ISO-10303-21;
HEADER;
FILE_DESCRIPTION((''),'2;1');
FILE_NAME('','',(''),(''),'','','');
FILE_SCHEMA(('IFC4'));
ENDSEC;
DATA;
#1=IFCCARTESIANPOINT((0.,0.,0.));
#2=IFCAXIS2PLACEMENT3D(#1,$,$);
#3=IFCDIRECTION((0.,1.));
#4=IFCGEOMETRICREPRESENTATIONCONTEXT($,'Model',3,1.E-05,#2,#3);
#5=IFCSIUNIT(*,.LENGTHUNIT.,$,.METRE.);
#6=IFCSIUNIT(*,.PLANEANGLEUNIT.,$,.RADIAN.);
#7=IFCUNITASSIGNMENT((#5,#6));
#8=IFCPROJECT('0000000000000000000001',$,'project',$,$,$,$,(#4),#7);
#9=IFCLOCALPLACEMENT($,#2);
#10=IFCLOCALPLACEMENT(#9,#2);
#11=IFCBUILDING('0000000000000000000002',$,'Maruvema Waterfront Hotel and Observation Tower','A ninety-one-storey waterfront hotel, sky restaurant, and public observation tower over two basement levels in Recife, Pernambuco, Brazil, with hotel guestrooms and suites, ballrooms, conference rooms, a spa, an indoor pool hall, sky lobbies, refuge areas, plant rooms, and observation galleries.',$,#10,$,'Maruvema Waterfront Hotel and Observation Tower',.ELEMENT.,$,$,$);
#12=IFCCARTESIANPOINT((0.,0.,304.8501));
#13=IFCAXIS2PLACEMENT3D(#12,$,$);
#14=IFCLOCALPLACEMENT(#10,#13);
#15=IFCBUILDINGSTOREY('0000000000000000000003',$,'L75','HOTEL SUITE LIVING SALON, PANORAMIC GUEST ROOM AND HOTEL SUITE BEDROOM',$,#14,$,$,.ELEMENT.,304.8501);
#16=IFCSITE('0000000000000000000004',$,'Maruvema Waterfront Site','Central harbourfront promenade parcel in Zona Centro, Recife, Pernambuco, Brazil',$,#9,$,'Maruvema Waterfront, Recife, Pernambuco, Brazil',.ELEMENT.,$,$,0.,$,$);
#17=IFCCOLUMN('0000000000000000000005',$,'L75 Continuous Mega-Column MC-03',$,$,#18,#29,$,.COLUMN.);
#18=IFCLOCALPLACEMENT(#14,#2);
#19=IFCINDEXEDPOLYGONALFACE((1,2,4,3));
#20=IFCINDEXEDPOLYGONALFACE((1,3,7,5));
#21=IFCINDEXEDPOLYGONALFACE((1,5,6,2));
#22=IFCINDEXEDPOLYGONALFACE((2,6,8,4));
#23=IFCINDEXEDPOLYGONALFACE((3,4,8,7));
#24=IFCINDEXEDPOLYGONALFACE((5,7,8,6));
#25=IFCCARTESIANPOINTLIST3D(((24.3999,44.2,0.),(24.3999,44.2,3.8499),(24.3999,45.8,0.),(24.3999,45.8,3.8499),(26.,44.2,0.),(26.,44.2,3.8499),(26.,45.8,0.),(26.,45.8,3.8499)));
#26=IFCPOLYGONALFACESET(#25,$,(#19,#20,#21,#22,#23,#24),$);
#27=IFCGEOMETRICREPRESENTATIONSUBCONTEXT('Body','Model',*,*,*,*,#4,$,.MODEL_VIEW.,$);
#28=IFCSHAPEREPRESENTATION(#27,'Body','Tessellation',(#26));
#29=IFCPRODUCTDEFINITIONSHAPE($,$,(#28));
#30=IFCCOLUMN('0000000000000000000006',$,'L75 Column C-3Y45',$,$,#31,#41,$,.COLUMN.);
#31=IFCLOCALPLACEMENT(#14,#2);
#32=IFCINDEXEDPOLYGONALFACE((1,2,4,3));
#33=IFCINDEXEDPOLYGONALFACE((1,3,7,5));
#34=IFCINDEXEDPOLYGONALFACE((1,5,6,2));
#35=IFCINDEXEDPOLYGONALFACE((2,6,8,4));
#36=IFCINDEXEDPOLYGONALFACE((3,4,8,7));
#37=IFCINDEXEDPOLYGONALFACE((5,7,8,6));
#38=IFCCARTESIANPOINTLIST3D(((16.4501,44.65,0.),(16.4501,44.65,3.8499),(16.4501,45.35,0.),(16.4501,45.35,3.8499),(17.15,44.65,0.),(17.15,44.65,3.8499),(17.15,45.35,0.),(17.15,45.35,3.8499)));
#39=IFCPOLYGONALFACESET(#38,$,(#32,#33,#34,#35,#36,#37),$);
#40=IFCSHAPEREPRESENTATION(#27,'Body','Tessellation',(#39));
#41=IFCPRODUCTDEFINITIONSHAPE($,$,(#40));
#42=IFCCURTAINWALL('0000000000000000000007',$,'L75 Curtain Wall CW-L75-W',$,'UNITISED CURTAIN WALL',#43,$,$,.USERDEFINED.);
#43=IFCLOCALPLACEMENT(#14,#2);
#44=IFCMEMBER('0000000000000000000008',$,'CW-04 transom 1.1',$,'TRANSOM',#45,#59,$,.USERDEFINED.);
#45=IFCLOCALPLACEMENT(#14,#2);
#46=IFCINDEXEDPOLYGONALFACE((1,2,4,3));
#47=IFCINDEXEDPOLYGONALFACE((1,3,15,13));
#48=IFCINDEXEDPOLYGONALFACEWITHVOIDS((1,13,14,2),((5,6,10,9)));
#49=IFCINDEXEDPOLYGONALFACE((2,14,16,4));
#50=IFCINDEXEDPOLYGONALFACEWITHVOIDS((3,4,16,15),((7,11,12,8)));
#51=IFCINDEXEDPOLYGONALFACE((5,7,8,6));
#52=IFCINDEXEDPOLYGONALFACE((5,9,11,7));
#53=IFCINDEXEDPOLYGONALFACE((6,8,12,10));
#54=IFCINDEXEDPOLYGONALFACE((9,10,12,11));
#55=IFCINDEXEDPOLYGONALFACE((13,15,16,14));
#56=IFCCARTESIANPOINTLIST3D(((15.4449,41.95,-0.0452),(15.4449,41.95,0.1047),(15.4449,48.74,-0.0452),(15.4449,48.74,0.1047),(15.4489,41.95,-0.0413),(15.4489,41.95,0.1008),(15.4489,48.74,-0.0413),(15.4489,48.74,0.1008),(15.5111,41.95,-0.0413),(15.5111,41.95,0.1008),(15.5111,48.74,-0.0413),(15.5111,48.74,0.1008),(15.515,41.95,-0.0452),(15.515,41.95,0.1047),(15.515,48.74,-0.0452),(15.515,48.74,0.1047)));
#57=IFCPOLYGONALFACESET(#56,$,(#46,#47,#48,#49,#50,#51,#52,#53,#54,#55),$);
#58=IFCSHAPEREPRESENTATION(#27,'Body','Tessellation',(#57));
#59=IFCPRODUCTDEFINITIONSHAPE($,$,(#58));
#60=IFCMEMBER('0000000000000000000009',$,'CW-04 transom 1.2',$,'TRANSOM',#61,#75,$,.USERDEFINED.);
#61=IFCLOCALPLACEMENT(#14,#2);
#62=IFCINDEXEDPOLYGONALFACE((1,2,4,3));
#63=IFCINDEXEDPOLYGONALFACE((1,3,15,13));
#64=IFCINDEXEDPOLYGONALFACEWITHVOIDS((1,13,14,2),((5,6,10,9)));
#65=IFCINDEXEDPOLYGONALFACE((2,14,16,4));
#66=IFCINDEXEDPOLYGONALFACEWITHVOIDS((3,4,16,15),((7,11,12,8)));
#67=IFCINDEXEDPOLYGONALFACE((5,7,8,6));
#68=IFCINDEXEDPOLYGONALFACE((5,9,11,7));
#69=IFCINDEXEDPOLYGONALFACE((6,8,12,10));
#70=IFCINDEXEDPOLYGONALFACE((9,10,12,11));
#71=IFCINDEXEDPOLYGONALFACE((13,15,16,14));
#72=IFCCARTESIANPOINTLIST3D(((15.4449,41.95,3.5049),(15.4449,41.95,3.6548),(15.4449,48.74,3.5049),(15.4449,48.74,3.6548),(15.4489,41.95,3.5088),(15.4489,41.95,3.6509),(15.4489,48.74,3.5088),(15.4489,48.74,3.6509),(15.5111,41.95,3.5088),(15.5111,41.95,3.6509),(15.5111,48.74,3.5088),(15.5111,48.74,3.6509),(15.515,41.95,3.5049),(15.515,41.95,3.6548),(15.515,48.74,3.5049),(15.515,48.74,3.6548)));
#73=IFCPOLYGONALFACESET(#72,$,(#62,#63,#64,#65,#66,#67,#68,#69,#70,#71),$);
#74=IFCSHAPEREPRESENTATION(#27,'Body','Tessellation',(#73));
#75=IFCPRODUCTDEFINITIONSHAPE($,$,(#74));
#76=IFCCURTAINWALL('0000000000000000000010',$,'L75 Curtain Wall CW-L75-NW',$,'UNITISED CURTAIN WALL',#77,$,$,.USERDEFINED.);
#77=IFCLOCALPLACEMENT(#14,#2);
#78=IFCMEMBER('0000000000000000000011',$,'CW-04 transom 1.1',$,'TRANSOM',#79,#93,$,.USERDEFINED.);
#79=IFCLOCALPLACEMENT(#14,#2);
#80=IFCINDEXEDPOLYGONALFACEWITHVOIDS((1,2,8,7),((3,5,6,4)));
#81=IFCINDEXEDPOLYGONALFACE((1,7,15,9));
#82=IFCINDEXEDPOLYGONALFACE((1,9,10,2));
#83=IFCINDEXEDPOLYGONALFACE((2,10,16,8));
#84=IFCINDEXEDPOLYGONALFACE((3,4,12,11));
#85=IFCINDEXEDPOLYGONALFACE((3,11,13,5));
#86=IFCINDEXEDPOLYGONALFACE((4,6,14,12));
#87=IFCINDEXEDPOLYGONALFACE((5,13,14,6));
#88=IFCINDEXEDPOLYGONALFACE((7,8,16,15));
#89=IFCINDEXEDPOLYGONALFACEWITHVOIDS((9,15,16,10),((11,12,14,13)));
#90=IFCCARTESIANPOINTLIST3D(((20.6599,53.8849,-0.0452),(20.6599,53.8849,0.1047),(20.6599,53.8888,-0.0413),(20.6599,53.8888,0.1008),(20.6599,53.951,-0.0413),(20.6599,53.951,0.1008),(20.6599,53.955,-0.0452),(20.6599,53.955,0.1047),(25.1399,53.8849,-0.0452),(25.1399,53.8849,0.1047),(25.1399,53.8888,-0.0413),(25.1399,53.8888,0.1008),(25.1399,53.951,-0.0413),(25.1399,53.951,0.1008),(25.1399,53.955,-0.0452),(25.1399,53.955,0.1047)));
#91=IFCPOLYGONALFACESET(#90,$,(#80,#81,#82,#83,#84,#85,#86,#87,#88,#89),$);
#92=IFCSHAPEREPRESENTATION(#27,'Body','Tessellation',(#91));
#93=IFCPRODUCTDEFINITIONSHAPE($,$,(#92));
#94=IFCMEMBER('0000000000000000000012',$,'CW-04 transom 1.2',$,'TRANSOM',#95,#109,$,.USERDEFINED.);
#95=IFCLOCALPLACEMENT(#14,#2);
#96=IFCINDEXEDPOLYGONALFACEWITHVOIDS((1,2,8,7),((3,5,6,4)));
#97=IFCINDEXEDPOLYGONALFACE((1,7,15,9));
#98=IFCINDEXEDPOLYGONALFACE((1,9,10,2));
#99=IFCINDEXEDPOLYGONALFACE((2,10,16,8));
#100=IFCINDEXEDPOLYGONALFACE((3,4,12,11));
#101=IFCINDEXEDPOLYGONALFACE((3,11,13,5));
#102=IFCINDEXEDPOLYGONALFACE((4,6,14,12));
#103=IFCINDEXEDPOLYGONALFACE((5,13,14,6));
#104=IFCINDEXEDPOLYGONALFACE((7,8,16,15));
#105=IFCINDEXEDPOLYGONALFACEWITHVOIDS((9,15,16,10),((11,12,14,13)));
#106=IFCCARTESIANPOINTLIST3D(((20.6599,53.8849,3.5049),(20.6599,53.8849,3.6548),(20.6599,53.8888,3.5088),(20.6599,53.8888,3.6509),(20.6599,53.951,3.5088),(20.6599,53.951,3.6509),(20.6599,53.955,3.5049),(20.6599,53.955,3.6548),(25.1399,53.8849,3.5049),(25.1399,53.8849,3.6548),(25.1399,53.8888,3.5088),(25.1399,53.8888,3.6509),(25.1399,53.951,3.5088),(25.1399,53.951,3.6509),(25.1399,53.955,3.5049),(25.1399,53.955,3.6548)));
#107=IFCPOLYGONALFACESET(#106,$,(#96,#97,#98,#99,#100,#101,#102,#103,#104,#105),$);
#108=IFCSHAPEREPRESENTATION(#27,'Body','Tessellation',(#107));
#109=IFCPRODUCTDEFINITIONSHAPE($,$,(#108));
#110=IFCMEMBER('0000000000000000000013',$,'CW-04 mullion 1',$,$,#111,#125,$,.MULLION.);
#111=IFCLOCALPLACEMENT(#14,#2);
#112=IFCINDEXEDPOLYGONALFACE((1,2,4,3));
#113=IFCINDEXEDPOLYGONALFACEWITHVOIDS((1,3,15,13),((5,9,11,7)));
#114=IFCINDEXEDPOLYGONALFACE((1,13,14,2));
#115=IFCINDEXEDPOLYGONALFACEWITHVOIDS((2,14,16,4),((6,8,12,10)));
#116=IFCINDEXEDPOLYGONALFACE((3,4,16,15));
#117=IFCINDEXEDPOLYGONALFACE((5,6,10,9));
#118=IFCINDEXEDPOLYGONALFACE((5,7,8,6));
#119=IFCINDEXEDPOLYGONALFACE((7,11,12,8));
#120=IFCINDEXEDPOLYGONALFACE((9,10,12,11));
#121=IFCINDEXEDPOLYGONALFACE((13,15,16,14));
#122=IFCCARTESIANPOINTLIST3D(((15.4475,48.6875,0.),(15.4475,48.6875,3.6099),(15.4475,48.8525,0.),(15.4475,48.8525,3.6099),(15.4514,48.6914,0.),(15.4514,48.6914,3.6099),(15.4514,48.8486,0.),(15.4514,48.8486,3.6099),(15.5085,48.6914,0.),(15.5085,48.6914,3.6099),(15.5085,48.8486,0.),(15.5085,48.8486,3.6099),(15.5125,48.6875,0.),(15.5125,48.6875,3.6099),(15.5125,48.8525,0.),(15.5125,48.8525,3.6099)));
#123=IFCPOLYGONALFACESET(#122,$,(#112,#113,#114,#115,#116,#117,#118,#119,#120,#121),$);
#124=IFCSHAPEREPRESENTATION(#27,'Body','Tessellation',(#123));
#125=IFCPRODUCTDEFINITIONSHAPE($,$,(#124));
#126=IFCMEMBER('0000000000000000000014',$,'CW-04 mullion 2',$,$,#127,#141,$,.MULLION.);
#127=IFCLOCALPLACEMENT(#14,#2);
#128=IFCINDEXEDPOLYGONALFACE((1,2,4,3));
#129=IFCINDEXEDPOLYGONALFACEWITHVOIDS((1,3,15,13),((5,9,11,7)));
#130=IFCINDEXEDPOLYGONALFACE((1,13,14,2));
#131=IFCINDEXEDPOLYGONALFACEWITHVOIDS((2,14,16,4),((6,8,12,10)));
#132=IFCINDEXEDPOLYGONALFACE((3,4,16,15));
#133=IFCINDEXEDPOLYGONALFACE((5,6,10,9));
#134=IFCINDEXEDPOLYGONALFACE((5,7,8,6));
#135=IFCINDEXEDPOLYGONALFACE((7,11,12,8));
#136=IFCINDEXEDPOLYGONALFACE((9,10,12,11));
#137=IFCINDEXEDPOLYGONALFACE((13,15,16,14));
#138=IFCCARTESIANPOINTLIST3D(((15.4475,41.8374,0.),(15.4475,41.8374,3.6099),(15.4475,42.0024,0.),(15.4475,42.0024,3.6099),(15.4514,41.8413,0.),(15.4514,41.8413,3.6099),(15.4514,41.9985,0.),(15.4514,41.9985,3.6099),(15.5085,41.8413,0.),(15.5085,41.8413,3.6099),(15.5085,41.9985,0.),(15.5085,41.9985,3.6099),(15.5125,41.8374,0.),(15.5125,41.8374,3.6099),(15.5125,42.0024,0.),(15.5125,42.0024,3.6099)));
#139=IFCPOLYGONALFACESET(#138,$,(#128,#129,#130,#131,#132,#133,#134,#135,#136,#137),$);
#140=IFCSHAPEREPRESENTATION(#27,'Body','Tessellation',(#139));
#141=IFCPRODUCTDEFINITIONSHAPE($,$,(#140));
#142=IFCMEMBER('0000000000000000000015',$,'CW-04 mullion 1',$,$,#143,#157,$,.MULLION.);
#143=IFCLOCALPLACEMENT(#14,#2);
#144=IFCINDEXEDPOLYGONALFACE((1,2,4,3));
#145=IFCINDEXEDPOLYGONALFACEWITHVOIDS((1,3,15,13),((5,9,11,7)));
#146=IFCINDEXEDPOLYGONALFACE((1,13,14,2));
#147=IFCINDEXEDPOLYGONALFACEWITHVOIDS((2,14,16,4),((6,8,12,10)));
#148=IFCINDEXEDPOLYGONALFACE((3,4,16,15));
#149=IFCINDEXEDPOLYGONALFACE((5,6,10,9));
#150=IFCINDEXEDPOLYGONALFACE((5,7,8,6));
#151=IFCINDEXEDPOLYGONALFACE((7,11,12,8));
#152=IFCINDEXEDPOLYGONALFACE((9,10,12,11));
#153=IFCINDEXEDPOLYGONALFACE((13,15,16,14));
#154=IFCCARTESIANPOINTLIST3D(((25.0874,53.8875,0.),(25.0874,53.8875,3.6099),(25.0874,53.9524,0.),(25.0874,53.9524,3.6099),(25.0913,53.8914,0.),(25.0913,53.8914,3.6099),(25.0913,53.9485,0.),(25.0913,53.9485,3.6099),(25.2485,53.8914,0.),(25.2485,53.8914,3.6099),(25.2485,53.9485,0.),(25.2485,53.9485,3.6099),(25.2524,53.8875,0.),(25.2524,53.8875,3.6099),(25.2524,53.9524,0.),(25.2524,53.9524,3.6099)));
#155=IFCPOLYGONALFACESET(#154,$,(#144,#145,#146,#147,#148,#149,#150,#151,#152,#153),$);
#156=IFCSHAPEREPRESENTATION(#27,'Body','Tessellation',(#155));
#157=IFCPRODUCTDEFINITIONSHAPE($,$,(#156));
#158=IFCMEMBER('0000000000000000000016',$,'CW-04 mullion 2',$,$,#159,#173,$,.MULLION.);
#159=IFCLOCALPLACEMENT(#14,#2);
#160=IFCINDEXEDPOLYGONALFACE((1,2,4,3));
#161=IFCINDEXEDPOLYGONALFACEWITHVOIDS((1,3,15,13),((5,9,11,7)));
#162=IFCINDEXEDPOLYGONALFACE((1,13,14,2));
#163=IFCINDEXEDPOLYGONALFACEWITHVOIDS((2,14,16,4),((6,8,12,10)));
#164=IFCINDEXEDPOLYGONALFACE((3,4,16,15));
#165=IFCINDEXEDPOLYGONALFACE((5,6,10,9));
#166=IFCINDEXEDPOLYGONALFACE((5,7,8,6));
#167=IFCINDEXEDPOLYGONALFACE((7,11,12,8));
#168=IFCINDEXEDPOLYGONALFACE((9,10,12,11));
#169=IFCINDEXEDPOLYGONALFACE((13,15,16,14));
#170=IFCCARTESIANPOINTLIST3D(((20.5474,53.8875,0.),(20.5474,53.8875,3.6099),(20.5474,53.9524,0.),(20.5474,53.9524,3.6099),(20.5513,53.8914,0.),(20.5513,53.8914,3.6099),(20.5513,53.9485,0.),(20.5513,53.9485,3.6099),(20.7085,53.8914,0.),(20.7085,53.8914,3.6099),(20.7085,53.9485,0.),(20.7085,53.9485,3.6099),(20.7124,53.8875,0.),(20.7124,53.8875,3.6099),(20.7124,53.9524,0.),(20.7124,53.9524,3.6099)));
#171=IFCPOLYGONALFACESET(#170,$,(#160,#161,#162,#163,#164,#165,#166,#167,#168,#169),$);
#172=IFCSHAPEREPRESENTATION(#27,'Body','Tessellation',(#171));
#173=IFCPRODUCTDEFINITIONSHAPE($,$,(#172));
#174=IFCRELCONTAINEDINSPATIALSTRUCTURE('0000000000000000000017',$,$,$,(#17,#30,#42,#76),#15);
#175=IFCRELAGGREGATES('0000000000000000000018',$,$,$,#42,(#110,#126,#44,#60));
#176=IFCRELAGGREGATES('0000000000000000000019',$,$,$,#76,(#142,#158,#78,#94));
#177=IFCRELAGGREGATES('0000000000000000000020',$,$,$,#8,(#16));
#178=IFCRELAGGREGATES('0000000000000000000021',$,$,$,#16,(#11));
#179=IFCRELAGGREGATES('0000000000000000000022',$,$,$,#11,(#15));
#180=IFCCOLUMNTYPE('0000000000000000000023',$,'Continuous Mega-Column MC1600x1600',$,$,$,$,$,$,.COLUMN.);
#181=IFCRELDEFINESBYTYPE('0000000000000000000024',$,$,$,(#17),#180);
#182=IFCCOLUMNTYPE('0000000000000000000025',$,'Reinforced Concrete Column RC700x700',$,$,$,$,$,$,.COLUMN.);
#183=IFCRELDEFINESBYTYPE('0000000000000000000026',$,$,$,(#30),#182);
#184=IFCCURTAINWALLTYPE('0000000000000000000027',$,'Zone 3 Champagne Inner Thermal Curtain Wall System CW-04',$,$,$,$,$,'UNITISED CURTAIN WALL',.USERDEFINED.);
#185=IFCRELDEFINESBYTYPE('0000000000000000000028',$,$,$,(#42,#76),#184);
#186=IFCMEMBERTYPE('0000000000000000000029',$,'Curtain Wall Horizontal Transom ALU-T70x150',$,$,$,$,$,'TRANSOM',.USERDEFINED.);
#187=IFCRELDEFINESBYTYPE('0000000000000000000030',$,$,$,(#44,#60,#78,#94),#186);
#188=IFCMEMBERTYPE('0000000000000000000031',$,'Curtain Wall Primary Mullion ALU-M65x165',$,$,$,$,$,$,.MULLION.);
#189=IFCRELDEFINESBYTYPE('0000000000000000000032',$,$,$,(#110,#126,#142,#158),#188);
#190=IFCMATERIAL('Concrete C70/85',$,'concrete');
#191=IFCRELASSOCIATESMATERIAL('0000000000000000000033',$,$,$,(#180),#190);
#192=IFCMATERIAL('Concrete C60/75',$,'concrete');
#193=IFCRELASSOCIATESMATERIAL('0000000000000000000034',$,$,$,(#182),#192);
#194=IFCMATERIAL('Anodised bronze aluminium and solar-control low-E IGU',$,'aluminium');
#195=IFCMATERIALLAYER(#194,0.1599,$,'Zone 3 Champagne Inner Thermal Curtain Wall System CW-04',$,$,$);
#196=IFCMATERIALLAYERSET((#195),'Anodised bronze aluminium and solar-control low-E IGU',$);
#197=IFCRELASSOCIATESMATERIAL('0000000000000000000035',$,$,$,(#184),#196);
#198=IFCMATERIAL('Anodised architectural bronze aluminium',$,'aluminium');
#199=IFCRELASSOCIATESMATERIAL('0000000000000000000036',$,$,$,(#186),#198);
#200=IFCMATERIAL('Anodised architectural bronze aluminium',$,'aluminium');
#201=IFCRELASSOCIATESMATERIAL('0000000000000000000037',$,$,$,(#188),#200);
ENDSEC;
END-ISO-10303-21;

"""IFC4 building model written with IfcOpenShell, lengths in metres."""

from ifc_helpers import new_model, si_unit, direction, frame, origin, origin_2d, place, context, subcontext, project, spatial, rectangle, hollow_rectangle, extrude, material, layer, layer_set, material_profile, profile_set, type_object, element, aggregate, save


model = new_model("IFC4")

# Units and contexts
model_context = context("Model", 3, precision=1e-05, world=origin(), true_north=direction((0.0, 1.0)))
body_context = subcontext(model_context, "Body", "Model", "MODEL_VIEW")
ifc_project = project(units=[si_unit("LENGTHUNIT", "METRE"), si_unit("PLANEANGLEUNIT", "RADIAN")], contexts=[model_context])

# Site, building, storey
site_placement = place(None, origin())
site = spatial("IfcSite", under=ifc_project, at=site_placement, Name="Maruvema Waterfront Site", Description="Central harbourfront promenade parcel in Zona Centro, Recife, Pernambuco, Brazil", LongName="Maruvema Waterfront, Recife, Pernambuco, Brazil", CompositionType="ELEMENT", RefElevation=0.0)
building_placement = place(site_placement, origin())
building = spatial("IfcBuilding", under=site, at=building_placement, Name="Maruvema Waterfront Hotel and Observation Tower", Description="A ninety-one-storey waterfront hotel, sky restaurant, and public observation tower over two basement levels in Recife, Pernambuco, Brazil, with hotel guestrooms and suites, ballrooms, conference rooms, a spa, an indoor pool hall, sky lobbies, refuge areas, plant rooms, and observation galleries.", LongName="Maruvema Waterfront Hotel and Observation Tower", CompositionType="ELEMENT")
storey_placement = place(building_placement, frame((0.0, 0.0, 304.8501)))
storey = spatial("IfcBuildingStorey", under=building, at=storey_placement, Name="L75", Description="HOTEL SUITE LIVING SALON, PANORAMIC GUEST ROOM AND HOTEL SUITE BEDROOM", CompositionType="ELEMENT", Elevation=304.8501)

# Columns
ifc_material_1 = material(Name="Concrete C70/85", Category="concrete")
ifc_material_profile_1 = material_profile(ifc_material_1, rectangle(XDim=1.6001, YDim=1.6001, at=origin_2d()), Name="MC1600x1600")
ifc_profile_set_1 = profile_set([ifc_material_profile_1], Name="Concrete C70/85")
column_type_1 = type_object("IfcColumnType", Name="Continuous Mega-Column MC1600x1600", PredefinedType="COLUMN", material=ifc_profile_set_1)
column_1_placement = place(storey_placement, frame((25.2, 45.0, 0.0), z_axis=(0.0, 0.0, 1.0), x_axis=(1.0, 0.0, 0.0)))
element("IfcColumn", 1, at=column_1_placement, inside=storey, type_object=column_type_1, Name="L75 Continuous Mega-Column MC-03", PredefinedType="COLUMN", context=body_context, shape_type="SweptSolid", body=[
    extrude(rectangle(XDim=1.6001, YDim=1.6001, at=origin_2d()), origin(), (0.0, 0.0, 1.0), 3.8499),
])
ifc_material_2 = material(Name="Concrete C60/75", Category="concrete")
ifc_material_profile_2 = material_profile(ifc_material_2, rectangle(XDim=0.7, YDim=0.7, at=origin_2d()), Name="RC700x700")
ifc_profile_set_2 = profile_set([ifc_material_profile_2], Name="Concrete C60/75")
column_type_2 = type_object("IfcColumnType", Name="Reinforced Concrete Column RC700x700", PredefinedType="COLUMN", material=ifc_profile_set_2)
column_2_placement = place(storey_placement, frame((16.8, 45.0, 0.0), z_axis=(0.0, 0.0, 1.0), x_axis=(1.0, 0.0, 0.0)))
element("IfcColumn", 2, at=column_2_placement, inside=storey, type_object=column_type_2, Name="L75 Column C-3Y45", PredefinedType="COLUMN", context=body_context, shape_type="SweptSolid", body=[
    extrude(rectangle(XDim=0.7, YDim=0.7, at=origin_2d()), origin(), (0.0, 0.0, 1.0), 3.8499),
])

# Curtain walls, members
ifc_material_3 = material(Name="Anodised bronze aluminium and solar-control low-E IGU", Category="aluminium")
ifc_layer_1 = layer(ifc_material_3, 0.1599, Name="Zone 3 Champagne Inner Thermal Curtain Wall System CW-04")
ifc_layer_set_1 = layer_set([ifc_layer_1], Name="Anodised bronze aluminium and solar-control low-E IGU")
curtain_wall_type = type_object("IfcCurtainWallType", Name="Zone 3 Champagne Inner Thermal Curtain Wall System CW-04", ElementType="UNITISED CURTAIN WALL", PredefinedType="USERDEFINED", material=ifc_layer_set_1)
curtain_wall_1_placement = place(storey_placement, origin())
curtain_wall_1 = element("IfcCurtainWall", 3, at=curtain_wall_1_placement, inside=storey, type_object=curtain_wall_type, Name="L75 Curtain Wall CW-L75-W", ObjectType="UNITISED CURTAIN WALL", PredefinedType="USERDEFINED")
ifc_material_4 = material(Name="Anodised architectural bronze aluminium", Category="aluminium")
ifc_material_profile_3 = material_profile(ifc_material_4, hollow_rectangle(XDim=0.0701, YDim=0.1499, WallThickness=0.0039, at=origin_2d()), Name="ALU-T70x150")
ifc_profile_set_3 = profile_set([ifc_material_profile_3], Name="Anodised architectural bronze aluminium")
member_type_1 = type_object("IfcMemberType", Name="Curtain Wall Horizontal Transom ALU-T70x150", ElementType="TRANSOM", PredefinedType="USERDEFINED", material=ifc_profile_set_3)
member_1_placement = place(storey_placement, frame((15.48, 48.74, 0.0298), z_axis=(0.0, -1.0, 0.0), x_axis=(1.0, 0.0, 0.0)))
member_1 = element("IfcMember", 4, at=member_1_placement, type_object=member_type_1, Name="CW-04 transom 1.1", ObjectType="TRANSOM", PredefinedType="USERDEFINED", context=body_context, shape_type="SweptSolid", body=[
    extrude(hollow_rectangle(XDim=0.0701, YDim=0.1499, WallThickness=0.0039, at=origin_2d()), origin(), (0.0, 0.0, 1.0), 6.79),
])
member_2_placement = place(storey_placement, frame((15.48, 48.74, 3.5798), z_axis=(0.0, -1.0, 0.0), x_axis=(1.0, 0.0, 0.0)))
member_2 = element("IfcMember", 5, at=member_2_placement, type_object=member_type_1, Name="CW-04 transom 1.2", ObjectType="TRANSOM", PredefinedType="USERDEFINED", context=body_context, shape_type="SweptSolid", body=[
    extrude(hollow_rectangle(XDim=0.0701, YDim=0.1499, WallThickness=0.0039, at=origin_2d()), origin(), (0.0, 0.0, 1.0), 6.79),
])
curtain_wall_2_placement = place(storey_placement, origin())
curtain_wall_2 = element("IfcCurtainWall", 6, at=curtain_wall_2_placement, inside=storey, type_object=curtain_wall_type, Name="L75 Curtain Wall CW-L75-NW", ObjectType="UNITISED CURTAIN WALL", PredefinedType="USERDEFINED")
member_3_placement = place(storey_placement, frame((25.1399, 53.9199, 0.0298), z_axis=(-1.0, 0.0, 0.0), x_axis=(0.0, -1.0, 0.0)))
member_3 = element("IfcMember", 7, at=member_3_placement, type_object=member_type_1, Name="CW-04 transom 1.1", ObjectType="TRANSOM", PredefinedType="USERDEFINED", context=body_context, shape_type="SweptSolid", body=[
    extrude(hollow_rectangle(XDim=0.0701, YDim=0.1499, WallThickness=0.0039, at=origin_2d()), origin(), (0.0, 0.0, 1.0), 4.48),
])
member_4_placement = place(storey_placement, frame((25.1399, 53.9199, 3.5798), z_axis=(-1.0, 0.0, 0.0), x_axis=(0.0, -1.0, 0.0)))
member_4 = element("IfcMember", 8, at=member_4_placement, type_object=member_type_1, Name="CW-04 transom 1.2", ObjectType="TRANSOM", PredefinedType="USERDEFINED", context=body_context, shape_type="SweptSolid", body=[
    extrude(hollow_rectangle(XDim=0.0701, YDim=0.1499, WallThickness=0.0039, at=origin_2d()), origin(), (0.0, 0.0, 1.0), 4.48),
])

# Members
ifc_material_5 = material(Name="Anodised architectural bronze aluminium", Category="aluminium")
ifc_material_profile_4 = material_profile(ifc_material_5, hollow_rectangle(XDim=0.0649, YDim=0.165, WallThickness=0.0039, at=origin_2d()), Name="ALU-M65x165")
ifc_profile_set_4 = profile_set([ifc_material_profile_4], Name="Anodised architectural bronze aluminium")
member_type_2 = type_object("IfcMemberType", Name="Curtain Wall Primary Mullion ALU-M65x165", PredefinedType="MULLION", material=ifc_profile_set_4)
member_5_placement = place(storey_placement, frame((15.48, 48.77, 0.0), z_axis=(0.0, 0.0, 1.0), x_axis=(1.0, 0.0, 0.0)))
member_5 = element("IfcMember", 9, at=member_5_placement, type_object=member_type_2, Name="CW-04 mullion 1", PredefinedType="MULLION", context=body_context, shape_type="SweptSolid", body=[
    extrude(hollow_rectangle(XDim=0.0649, YDim=0.165, WallThickness=0.0039, at=origin_2d()), origin(), (0.0, 0.0, 1.0), 3.6099),
])
member_6_placement = place(storey_placement, frame((15.48, 41.9199, 0.0), z_axis=(0.0, 0.0, 1.0), x_axis=(1.0, 0.0, 0.0)))
member_6 = element("IfcMember", 10, at=member_6_placement, type_object=member_type_2, Name="CW-04 mullion 2", PredefinedType="MULLION", context=body_context, shape_type="SweptSolid", body=[
    extrude(hollow_rectangle(XDim=0.0649, YDim=0.165, WallThickness=0.0039, at=origin_2d()), origin(), (0.0, 0.0, 1.0), 3.6099),
])
member_7_placement = place(storey_placement, frame((25.1699, 53.9199, 0.0), z_axis=(0.0, 0.0, 1.0), x_axis=(0.0, -1.0, 0.0)))
member_7 = element("IfcMember", 11, at=member_7_placement, type_object=member_type_2, Name="CW-04 mullion 1", PredefinedType="MULLION", context=body_context, shape_type="SweptSolid", body=[
    extrude(hollow_rectangle(XDim=0.0649, YDim=0.165, WallThickness=0.0039, at=origin_2d()), origin(), (0.0, 0.0, 1.0), 3.6099),
])
member_8_placement = place(storey_placement, frame((20.6299, 53.9199, 0.0), z_axis=(0.0, 0.0, 1.0), x_axis=(0.0, -1.0, 0.0)))
member_8 = element("IfcMember", 12, at=member_8_placement, type_object=member_type_2, Name="CW-04 mullion 2", PredefinedType="MULLION", context=body_context, shape_type="SweptSolid", body=[
    extrude(hollow_rectangle(XDim=0.0649, YDim=0.165, WallThickness=0.0039, at=origin_2d()), origin(), (0.0, 0.0, 1.0), 3.6099),
])

aggregate(curtain_wall_1, [member_5, member_6, member_1, member_2])
aggregate(curtain_wall_2, [member_7, member_8, member_3, member_4])

save(model, "model.ifc")
